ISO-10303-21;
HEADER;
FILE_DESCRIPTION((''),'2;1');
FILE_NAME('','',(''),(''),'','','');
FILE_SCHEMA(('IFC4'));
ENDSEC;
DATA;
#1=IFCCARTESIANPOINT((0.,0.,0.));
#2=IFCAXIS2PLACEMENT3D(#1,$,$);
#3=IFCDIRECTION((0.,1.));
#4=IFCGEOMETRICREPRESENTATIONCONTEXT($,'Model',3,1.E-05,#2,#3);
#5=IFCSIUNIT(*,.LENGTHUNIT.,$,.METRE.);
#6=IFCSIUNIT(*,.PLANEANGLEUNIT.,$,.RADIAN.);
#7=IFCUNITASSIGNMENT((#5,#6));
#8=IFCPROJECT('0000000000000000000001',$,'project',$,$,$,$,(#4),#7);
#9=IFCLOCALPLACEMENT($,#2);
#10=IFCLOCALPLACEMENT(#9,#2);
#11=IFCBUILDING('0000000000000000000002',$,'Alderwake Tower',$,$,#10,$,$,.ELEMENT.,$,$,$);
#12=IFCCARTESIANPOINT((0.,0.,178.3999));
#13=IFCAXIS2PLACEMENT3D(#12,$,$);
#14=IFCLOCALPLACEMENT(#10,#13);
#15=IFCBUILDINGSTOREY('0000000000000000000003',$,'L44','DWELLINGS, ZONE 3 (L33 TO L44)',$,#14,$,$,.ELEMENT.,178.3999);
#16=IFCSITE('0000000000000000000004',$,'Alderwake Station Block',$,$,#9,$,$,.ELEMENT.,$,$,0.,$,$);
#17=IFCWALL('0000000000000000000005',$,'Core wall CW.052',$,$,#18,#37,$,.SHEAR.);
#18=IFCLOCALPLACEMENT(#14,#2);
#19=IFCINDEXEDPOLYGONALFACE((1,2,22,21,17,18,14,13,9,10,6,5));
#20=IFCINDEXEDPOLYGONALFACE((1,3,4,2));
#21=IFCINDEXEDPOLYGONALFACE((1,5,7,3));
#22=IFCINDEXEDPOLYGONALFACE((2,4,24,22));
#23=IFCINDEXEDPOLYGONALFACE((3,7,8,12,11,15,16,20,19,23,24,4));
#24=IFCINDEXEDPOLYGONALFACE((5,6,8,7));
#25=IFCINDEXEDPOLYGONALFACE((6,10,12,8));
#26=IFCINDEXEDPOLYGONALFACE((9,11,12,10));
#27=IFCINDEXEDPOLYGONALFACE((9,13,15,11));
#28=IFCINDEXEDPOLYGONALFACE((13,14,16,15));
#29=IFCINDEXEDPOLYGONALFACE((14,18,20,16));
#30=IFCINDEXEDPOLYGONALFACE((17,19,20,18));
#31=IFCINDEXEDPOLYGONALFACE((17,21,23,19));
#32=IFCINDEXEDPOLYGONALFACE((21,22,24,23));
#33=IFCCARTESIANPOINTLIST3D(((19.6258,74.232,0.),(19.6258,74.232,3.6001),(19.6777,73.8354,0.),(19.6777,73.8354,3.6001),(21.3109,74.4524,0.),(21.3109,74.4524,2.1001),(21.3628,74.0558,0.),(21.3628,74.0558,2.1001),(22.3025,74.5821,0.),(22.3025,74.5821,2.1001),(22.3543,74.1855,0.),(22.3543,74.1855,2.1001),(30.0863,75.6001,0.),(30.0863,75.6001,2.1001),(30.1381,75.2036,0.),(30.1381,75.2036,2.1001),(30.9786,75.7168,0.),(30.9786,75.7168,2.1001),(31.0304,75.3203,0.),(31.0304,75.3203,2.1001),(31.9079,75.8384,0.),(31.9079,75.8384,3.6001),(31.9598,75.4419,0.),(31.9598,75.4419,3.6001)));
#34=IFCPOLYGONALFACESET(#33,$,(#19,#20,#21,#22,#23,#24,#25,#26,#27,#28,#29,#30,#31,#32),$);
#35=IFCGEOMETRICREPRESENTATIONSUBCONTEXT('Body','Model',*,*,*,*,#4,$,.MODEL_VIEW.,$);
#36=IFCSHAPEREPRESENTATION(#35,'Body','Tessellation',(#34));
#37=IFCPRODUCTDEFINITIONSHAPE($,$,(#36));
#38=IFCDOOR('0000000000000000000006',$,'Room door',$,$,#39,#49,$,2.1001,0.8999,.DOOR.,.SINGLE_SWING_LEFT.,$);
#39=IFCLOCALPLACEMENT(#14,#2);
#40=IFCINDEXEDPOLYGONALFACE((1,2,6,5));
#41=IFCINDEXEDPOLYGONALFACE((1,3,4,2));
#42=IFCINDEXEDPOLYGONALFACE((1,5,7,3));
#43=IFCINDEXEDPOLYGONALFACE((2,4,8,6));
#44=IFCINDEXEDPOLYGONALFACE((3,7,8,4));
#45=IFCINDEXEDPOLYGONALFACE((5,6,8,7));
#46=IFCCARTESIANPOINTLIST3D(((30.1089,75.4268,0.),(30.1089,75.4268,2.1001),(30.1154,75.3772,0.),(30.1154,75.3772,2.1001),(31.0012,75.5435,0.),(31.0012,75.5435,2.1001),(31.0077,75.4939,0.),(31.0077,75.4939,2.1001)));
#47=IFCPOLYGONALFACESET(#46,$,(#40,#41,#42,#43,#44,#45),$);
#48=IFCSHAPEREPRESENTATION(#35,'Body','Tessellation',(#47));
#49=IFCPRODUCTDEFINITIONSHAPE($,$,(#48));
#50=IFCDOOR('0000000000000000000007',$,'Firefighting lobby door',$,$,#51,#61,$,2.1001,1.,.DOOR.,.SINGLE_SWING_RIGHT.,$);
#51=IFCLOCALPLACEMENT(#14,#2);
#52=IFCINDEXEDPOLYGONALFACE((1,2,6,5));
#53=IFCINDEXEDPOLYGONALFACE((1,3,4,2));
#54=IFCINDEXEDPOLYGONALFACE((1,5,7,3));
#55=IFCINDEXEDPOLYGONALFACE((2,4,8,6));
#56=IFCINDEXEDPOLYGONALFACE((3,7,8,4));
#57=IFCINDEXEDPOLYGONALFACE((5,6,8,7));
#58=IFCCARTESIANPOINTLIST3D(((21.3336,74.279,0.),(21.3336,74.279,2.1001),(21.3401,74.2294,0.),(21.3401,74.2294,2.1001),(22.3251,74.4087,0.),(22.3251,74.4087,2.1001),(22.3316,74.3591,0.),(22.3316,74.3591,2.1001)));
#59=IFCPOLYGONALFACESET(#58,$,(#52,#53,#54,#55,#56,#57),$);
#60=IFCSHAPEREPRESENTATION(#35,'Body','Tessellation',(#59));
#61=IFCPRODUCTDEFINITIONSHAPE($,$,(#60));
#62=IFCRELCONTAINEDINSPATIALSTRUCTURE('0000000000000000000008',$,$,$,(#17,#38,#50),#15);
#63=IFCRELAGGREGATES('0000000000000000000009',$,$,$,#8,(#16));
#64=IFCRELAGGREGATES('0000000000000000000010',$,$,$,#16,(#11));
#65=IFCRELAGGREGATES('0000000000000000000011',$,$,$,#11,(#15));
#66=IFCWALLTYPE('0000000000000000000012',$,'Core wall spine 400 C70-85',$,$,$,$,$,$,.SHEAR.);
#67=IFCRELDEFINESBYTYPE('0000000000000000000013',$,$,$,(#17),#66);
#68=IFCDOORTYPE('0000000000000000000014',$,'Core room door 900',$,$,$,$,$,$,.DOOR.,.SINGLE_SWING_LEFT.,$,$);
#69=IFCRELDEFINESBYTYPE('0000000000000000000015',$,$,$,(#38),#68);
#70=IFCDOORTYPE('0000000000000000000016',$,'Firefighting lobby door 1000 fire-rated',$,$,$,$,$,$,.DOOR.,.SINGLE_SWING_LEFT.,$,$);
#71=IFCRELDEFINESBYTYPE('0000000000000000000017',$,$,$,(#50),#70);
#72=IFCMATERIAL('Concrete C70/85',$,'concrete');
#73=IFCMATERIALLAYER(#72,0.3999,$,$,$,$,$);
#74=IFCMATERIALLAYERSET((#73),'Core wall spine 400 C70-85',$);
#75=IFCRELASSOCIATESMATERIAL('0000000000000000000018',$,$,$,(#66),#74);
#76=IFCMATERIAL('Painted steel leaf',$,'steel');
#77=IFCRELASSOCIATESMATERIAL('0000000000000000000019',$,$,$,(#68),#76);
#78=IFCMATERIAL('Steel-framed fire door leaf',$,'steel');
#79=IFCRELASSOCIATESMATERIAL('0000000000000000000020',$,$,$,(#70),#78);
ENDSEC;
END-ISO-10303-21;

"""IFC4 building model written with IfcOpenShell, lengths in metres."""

from ifc_helpers import new_model, si_unit, direction, frame, frame_2d, origin, place, context, subcontext, project, spatial, rectangle, extrude, material, layer, layer_set, type_object, element, fill, save


model = new_model("IFC4")

# Units and contexts
model_context = context("Model", 3, precision=1e-05, world=origin(), true_north=direction((0.0, 1.0)))
body_context = subcontext(model_context, "Body", "Model", "MODEL_VIEW")
ifc_project = project(units=[si_unit("LENGTHUNIT", "METRE"), si_unit("PLANEANGLEUNIT", "RADIAN")], contexts=[model_context])

# Site, building, storey
site_placement = place(None, origin())
site = spatial("IfcSite", under=ifc_project, at=site_placement, Name="Alderwake Station Block", CompositionType="ELEMENT", RefElevation=0.0)
building_placement = place(site_placement, origin())
building = spatial("IfcBuilding", under=site, at=building_placement, Name="Alderwake Tower", CompositionType="ELEMENT")
storey_placement = place(building_placement, frame((0.0, 0.0, 178.3999)))
storey = spatial("IfcBuildingStorey", under=building, at=storey_placement, Name="L44", Description="DWELLINGS, ZONE 3 (L33 TO L44)", CompositionType="ELEMENT", Elevation=178.3999)

# Shared definitions
ifc_material_1 = material(Name="Concrete C70/85", Category="concrete")
ifc_layer_1 = layer(ifc_material_1, 0.3999)
ifc_layer_set_1 = layer_set([ifc_layer_1], Name="Core wall spine 400 C70-85")
wall_type_1 = type_object("IfcWallType", Name="Core wall spine 400 C70-85", PredefinedType="SHEAR", material=ifc_layer_set_1)
ifc_material_2 = material(Name="Painted steel leaf", Category="steel")
door_type_1 = type_object("IfcDoorType", Name="Core room door 900", OperationType="SINGLE_SWING_LEFT", PredefinedType="DOOR", material=ifc_material_2)

# Wall, openings, doors
wall_1_placement = place(storey_placement, frame((31.9338, 75.6401, 0.0), z_axis=(0.0, 0.0, 1.0), x_axis=(-0.991555, -0.12969, 0.0)))
wall_1 = element("IfcWall", 1, at=wall_1_placement, inside=storey, type_object=wall_type_1, Name="Core wall CW.052", PredefinedType="SHEAR", context=body_context, shape_type="SweptSolid", body=[
    extrude(rectangle(XDim=12.3867, YDim=0.3999, at=frame_2d((6.1934, 0.0))), origin(), (0.0, 0.0, 1.0), 3.6001),
])
opening_1_placement = place(wall_1_placement, frame((9.6873, 0.0, 0.0)))
opening_1 = element("IfcOpeningElement", 2, at=opening_1_placement, cuts=wall_1, PredefinedType="OPENING", context=body_context, shape_type="SweptSolid", body=[
    extrude(rectangle(XDim=1.0, YDim=2.1001, at=frame_2d((0.5, 1.05))), frame((0.0, 0.21, 0.0), z_axis=(0.0, -1.0, 0.0), x_axis=(1.0, 0.0, 0.0)), (0.0, 0.0, 1.0), 0.4199),
])
opening_2_placement = place(wall_1_placement, frame((0.9373, 0.0, 0.0)))
opening_2 = element("IfcOpeningElement", 3, at=opening_2_placement, cuts=wall_1, PredefinedType="OPENING", context=body_context, shape_type="SweptSolid", body=[
    extrude(rectangle(XDim=0.8999, YDim=2.1001, at=frame_2d((0.45, 1.05))), frame((0.0, 0.21, 0.0), z_axis=(0.0, -1.0, 0.0), x_axis=(1.0, 0.0, 0.0)), (0.0, 0.0, 1.0), 0.4199),
])
door_1_placement = place(opening_2_placement, origin())
door_1 = element("IfcDoor", 4, at=door_1_placement, inside=storey, type_object=door_type_1, Name="Room door", OperationType="SINGLE_SWING_LEFT", OverallHeight=2.1001, OverallWidth=0.8999, PredefinedType="DOOR", context=body_context, shape_type="SweptSolid", body=[
    extrude(rectangle(XDim=0.8999, YDim=2.1001, at=frame_2d((0.45, 1.05))), frame((0.0, 0.0249, 0.0), z_axis=(0.0, -1.0, 0.0), x_axis=(1.0, 0.0, 0.0)), (0.0, 0.0, 1.0), 0.05),
])
fill(opening_2, door_1)
ifc_material_3 = material(Name="Steel-framed fire door leaf", Category="steel")
door_type_2 = type_object("IfcDoorType", Name="Firefighting lobby door 1000 fire-rated", OperationType="SINGLE_SWING_LEFT", PredefinedType="DOOR", material=ifc_material_3)
door_2_placement = place(opening_1_placement, origin())
door_2 = element("IfcDoor", 5, at=door_2_placement, inside=storey, type_object=door_type_2, Name="Firefighting lobby door", OperationType="SINGLE_SWING_RIGHT", OverallHeight=2.1001, OverallWidth=1.0, PredefinedType="DOOR", context=body_context, shape_type="SweptSolid", body=[
    extrude(rectangle(XDim=1.0, YDim=2.1001, at=frame_2d((0.5, 1.05))), frame((0.0, 0.0249, 0.0), z_axis=(0.0, -1.0, 0.0), x_axis=(1.0, 0.0, 0.0)), (0.0, 0.0, 1.0), 0.05),
])
fill(opening_1, door_2)

save(model, "model.ifc")
